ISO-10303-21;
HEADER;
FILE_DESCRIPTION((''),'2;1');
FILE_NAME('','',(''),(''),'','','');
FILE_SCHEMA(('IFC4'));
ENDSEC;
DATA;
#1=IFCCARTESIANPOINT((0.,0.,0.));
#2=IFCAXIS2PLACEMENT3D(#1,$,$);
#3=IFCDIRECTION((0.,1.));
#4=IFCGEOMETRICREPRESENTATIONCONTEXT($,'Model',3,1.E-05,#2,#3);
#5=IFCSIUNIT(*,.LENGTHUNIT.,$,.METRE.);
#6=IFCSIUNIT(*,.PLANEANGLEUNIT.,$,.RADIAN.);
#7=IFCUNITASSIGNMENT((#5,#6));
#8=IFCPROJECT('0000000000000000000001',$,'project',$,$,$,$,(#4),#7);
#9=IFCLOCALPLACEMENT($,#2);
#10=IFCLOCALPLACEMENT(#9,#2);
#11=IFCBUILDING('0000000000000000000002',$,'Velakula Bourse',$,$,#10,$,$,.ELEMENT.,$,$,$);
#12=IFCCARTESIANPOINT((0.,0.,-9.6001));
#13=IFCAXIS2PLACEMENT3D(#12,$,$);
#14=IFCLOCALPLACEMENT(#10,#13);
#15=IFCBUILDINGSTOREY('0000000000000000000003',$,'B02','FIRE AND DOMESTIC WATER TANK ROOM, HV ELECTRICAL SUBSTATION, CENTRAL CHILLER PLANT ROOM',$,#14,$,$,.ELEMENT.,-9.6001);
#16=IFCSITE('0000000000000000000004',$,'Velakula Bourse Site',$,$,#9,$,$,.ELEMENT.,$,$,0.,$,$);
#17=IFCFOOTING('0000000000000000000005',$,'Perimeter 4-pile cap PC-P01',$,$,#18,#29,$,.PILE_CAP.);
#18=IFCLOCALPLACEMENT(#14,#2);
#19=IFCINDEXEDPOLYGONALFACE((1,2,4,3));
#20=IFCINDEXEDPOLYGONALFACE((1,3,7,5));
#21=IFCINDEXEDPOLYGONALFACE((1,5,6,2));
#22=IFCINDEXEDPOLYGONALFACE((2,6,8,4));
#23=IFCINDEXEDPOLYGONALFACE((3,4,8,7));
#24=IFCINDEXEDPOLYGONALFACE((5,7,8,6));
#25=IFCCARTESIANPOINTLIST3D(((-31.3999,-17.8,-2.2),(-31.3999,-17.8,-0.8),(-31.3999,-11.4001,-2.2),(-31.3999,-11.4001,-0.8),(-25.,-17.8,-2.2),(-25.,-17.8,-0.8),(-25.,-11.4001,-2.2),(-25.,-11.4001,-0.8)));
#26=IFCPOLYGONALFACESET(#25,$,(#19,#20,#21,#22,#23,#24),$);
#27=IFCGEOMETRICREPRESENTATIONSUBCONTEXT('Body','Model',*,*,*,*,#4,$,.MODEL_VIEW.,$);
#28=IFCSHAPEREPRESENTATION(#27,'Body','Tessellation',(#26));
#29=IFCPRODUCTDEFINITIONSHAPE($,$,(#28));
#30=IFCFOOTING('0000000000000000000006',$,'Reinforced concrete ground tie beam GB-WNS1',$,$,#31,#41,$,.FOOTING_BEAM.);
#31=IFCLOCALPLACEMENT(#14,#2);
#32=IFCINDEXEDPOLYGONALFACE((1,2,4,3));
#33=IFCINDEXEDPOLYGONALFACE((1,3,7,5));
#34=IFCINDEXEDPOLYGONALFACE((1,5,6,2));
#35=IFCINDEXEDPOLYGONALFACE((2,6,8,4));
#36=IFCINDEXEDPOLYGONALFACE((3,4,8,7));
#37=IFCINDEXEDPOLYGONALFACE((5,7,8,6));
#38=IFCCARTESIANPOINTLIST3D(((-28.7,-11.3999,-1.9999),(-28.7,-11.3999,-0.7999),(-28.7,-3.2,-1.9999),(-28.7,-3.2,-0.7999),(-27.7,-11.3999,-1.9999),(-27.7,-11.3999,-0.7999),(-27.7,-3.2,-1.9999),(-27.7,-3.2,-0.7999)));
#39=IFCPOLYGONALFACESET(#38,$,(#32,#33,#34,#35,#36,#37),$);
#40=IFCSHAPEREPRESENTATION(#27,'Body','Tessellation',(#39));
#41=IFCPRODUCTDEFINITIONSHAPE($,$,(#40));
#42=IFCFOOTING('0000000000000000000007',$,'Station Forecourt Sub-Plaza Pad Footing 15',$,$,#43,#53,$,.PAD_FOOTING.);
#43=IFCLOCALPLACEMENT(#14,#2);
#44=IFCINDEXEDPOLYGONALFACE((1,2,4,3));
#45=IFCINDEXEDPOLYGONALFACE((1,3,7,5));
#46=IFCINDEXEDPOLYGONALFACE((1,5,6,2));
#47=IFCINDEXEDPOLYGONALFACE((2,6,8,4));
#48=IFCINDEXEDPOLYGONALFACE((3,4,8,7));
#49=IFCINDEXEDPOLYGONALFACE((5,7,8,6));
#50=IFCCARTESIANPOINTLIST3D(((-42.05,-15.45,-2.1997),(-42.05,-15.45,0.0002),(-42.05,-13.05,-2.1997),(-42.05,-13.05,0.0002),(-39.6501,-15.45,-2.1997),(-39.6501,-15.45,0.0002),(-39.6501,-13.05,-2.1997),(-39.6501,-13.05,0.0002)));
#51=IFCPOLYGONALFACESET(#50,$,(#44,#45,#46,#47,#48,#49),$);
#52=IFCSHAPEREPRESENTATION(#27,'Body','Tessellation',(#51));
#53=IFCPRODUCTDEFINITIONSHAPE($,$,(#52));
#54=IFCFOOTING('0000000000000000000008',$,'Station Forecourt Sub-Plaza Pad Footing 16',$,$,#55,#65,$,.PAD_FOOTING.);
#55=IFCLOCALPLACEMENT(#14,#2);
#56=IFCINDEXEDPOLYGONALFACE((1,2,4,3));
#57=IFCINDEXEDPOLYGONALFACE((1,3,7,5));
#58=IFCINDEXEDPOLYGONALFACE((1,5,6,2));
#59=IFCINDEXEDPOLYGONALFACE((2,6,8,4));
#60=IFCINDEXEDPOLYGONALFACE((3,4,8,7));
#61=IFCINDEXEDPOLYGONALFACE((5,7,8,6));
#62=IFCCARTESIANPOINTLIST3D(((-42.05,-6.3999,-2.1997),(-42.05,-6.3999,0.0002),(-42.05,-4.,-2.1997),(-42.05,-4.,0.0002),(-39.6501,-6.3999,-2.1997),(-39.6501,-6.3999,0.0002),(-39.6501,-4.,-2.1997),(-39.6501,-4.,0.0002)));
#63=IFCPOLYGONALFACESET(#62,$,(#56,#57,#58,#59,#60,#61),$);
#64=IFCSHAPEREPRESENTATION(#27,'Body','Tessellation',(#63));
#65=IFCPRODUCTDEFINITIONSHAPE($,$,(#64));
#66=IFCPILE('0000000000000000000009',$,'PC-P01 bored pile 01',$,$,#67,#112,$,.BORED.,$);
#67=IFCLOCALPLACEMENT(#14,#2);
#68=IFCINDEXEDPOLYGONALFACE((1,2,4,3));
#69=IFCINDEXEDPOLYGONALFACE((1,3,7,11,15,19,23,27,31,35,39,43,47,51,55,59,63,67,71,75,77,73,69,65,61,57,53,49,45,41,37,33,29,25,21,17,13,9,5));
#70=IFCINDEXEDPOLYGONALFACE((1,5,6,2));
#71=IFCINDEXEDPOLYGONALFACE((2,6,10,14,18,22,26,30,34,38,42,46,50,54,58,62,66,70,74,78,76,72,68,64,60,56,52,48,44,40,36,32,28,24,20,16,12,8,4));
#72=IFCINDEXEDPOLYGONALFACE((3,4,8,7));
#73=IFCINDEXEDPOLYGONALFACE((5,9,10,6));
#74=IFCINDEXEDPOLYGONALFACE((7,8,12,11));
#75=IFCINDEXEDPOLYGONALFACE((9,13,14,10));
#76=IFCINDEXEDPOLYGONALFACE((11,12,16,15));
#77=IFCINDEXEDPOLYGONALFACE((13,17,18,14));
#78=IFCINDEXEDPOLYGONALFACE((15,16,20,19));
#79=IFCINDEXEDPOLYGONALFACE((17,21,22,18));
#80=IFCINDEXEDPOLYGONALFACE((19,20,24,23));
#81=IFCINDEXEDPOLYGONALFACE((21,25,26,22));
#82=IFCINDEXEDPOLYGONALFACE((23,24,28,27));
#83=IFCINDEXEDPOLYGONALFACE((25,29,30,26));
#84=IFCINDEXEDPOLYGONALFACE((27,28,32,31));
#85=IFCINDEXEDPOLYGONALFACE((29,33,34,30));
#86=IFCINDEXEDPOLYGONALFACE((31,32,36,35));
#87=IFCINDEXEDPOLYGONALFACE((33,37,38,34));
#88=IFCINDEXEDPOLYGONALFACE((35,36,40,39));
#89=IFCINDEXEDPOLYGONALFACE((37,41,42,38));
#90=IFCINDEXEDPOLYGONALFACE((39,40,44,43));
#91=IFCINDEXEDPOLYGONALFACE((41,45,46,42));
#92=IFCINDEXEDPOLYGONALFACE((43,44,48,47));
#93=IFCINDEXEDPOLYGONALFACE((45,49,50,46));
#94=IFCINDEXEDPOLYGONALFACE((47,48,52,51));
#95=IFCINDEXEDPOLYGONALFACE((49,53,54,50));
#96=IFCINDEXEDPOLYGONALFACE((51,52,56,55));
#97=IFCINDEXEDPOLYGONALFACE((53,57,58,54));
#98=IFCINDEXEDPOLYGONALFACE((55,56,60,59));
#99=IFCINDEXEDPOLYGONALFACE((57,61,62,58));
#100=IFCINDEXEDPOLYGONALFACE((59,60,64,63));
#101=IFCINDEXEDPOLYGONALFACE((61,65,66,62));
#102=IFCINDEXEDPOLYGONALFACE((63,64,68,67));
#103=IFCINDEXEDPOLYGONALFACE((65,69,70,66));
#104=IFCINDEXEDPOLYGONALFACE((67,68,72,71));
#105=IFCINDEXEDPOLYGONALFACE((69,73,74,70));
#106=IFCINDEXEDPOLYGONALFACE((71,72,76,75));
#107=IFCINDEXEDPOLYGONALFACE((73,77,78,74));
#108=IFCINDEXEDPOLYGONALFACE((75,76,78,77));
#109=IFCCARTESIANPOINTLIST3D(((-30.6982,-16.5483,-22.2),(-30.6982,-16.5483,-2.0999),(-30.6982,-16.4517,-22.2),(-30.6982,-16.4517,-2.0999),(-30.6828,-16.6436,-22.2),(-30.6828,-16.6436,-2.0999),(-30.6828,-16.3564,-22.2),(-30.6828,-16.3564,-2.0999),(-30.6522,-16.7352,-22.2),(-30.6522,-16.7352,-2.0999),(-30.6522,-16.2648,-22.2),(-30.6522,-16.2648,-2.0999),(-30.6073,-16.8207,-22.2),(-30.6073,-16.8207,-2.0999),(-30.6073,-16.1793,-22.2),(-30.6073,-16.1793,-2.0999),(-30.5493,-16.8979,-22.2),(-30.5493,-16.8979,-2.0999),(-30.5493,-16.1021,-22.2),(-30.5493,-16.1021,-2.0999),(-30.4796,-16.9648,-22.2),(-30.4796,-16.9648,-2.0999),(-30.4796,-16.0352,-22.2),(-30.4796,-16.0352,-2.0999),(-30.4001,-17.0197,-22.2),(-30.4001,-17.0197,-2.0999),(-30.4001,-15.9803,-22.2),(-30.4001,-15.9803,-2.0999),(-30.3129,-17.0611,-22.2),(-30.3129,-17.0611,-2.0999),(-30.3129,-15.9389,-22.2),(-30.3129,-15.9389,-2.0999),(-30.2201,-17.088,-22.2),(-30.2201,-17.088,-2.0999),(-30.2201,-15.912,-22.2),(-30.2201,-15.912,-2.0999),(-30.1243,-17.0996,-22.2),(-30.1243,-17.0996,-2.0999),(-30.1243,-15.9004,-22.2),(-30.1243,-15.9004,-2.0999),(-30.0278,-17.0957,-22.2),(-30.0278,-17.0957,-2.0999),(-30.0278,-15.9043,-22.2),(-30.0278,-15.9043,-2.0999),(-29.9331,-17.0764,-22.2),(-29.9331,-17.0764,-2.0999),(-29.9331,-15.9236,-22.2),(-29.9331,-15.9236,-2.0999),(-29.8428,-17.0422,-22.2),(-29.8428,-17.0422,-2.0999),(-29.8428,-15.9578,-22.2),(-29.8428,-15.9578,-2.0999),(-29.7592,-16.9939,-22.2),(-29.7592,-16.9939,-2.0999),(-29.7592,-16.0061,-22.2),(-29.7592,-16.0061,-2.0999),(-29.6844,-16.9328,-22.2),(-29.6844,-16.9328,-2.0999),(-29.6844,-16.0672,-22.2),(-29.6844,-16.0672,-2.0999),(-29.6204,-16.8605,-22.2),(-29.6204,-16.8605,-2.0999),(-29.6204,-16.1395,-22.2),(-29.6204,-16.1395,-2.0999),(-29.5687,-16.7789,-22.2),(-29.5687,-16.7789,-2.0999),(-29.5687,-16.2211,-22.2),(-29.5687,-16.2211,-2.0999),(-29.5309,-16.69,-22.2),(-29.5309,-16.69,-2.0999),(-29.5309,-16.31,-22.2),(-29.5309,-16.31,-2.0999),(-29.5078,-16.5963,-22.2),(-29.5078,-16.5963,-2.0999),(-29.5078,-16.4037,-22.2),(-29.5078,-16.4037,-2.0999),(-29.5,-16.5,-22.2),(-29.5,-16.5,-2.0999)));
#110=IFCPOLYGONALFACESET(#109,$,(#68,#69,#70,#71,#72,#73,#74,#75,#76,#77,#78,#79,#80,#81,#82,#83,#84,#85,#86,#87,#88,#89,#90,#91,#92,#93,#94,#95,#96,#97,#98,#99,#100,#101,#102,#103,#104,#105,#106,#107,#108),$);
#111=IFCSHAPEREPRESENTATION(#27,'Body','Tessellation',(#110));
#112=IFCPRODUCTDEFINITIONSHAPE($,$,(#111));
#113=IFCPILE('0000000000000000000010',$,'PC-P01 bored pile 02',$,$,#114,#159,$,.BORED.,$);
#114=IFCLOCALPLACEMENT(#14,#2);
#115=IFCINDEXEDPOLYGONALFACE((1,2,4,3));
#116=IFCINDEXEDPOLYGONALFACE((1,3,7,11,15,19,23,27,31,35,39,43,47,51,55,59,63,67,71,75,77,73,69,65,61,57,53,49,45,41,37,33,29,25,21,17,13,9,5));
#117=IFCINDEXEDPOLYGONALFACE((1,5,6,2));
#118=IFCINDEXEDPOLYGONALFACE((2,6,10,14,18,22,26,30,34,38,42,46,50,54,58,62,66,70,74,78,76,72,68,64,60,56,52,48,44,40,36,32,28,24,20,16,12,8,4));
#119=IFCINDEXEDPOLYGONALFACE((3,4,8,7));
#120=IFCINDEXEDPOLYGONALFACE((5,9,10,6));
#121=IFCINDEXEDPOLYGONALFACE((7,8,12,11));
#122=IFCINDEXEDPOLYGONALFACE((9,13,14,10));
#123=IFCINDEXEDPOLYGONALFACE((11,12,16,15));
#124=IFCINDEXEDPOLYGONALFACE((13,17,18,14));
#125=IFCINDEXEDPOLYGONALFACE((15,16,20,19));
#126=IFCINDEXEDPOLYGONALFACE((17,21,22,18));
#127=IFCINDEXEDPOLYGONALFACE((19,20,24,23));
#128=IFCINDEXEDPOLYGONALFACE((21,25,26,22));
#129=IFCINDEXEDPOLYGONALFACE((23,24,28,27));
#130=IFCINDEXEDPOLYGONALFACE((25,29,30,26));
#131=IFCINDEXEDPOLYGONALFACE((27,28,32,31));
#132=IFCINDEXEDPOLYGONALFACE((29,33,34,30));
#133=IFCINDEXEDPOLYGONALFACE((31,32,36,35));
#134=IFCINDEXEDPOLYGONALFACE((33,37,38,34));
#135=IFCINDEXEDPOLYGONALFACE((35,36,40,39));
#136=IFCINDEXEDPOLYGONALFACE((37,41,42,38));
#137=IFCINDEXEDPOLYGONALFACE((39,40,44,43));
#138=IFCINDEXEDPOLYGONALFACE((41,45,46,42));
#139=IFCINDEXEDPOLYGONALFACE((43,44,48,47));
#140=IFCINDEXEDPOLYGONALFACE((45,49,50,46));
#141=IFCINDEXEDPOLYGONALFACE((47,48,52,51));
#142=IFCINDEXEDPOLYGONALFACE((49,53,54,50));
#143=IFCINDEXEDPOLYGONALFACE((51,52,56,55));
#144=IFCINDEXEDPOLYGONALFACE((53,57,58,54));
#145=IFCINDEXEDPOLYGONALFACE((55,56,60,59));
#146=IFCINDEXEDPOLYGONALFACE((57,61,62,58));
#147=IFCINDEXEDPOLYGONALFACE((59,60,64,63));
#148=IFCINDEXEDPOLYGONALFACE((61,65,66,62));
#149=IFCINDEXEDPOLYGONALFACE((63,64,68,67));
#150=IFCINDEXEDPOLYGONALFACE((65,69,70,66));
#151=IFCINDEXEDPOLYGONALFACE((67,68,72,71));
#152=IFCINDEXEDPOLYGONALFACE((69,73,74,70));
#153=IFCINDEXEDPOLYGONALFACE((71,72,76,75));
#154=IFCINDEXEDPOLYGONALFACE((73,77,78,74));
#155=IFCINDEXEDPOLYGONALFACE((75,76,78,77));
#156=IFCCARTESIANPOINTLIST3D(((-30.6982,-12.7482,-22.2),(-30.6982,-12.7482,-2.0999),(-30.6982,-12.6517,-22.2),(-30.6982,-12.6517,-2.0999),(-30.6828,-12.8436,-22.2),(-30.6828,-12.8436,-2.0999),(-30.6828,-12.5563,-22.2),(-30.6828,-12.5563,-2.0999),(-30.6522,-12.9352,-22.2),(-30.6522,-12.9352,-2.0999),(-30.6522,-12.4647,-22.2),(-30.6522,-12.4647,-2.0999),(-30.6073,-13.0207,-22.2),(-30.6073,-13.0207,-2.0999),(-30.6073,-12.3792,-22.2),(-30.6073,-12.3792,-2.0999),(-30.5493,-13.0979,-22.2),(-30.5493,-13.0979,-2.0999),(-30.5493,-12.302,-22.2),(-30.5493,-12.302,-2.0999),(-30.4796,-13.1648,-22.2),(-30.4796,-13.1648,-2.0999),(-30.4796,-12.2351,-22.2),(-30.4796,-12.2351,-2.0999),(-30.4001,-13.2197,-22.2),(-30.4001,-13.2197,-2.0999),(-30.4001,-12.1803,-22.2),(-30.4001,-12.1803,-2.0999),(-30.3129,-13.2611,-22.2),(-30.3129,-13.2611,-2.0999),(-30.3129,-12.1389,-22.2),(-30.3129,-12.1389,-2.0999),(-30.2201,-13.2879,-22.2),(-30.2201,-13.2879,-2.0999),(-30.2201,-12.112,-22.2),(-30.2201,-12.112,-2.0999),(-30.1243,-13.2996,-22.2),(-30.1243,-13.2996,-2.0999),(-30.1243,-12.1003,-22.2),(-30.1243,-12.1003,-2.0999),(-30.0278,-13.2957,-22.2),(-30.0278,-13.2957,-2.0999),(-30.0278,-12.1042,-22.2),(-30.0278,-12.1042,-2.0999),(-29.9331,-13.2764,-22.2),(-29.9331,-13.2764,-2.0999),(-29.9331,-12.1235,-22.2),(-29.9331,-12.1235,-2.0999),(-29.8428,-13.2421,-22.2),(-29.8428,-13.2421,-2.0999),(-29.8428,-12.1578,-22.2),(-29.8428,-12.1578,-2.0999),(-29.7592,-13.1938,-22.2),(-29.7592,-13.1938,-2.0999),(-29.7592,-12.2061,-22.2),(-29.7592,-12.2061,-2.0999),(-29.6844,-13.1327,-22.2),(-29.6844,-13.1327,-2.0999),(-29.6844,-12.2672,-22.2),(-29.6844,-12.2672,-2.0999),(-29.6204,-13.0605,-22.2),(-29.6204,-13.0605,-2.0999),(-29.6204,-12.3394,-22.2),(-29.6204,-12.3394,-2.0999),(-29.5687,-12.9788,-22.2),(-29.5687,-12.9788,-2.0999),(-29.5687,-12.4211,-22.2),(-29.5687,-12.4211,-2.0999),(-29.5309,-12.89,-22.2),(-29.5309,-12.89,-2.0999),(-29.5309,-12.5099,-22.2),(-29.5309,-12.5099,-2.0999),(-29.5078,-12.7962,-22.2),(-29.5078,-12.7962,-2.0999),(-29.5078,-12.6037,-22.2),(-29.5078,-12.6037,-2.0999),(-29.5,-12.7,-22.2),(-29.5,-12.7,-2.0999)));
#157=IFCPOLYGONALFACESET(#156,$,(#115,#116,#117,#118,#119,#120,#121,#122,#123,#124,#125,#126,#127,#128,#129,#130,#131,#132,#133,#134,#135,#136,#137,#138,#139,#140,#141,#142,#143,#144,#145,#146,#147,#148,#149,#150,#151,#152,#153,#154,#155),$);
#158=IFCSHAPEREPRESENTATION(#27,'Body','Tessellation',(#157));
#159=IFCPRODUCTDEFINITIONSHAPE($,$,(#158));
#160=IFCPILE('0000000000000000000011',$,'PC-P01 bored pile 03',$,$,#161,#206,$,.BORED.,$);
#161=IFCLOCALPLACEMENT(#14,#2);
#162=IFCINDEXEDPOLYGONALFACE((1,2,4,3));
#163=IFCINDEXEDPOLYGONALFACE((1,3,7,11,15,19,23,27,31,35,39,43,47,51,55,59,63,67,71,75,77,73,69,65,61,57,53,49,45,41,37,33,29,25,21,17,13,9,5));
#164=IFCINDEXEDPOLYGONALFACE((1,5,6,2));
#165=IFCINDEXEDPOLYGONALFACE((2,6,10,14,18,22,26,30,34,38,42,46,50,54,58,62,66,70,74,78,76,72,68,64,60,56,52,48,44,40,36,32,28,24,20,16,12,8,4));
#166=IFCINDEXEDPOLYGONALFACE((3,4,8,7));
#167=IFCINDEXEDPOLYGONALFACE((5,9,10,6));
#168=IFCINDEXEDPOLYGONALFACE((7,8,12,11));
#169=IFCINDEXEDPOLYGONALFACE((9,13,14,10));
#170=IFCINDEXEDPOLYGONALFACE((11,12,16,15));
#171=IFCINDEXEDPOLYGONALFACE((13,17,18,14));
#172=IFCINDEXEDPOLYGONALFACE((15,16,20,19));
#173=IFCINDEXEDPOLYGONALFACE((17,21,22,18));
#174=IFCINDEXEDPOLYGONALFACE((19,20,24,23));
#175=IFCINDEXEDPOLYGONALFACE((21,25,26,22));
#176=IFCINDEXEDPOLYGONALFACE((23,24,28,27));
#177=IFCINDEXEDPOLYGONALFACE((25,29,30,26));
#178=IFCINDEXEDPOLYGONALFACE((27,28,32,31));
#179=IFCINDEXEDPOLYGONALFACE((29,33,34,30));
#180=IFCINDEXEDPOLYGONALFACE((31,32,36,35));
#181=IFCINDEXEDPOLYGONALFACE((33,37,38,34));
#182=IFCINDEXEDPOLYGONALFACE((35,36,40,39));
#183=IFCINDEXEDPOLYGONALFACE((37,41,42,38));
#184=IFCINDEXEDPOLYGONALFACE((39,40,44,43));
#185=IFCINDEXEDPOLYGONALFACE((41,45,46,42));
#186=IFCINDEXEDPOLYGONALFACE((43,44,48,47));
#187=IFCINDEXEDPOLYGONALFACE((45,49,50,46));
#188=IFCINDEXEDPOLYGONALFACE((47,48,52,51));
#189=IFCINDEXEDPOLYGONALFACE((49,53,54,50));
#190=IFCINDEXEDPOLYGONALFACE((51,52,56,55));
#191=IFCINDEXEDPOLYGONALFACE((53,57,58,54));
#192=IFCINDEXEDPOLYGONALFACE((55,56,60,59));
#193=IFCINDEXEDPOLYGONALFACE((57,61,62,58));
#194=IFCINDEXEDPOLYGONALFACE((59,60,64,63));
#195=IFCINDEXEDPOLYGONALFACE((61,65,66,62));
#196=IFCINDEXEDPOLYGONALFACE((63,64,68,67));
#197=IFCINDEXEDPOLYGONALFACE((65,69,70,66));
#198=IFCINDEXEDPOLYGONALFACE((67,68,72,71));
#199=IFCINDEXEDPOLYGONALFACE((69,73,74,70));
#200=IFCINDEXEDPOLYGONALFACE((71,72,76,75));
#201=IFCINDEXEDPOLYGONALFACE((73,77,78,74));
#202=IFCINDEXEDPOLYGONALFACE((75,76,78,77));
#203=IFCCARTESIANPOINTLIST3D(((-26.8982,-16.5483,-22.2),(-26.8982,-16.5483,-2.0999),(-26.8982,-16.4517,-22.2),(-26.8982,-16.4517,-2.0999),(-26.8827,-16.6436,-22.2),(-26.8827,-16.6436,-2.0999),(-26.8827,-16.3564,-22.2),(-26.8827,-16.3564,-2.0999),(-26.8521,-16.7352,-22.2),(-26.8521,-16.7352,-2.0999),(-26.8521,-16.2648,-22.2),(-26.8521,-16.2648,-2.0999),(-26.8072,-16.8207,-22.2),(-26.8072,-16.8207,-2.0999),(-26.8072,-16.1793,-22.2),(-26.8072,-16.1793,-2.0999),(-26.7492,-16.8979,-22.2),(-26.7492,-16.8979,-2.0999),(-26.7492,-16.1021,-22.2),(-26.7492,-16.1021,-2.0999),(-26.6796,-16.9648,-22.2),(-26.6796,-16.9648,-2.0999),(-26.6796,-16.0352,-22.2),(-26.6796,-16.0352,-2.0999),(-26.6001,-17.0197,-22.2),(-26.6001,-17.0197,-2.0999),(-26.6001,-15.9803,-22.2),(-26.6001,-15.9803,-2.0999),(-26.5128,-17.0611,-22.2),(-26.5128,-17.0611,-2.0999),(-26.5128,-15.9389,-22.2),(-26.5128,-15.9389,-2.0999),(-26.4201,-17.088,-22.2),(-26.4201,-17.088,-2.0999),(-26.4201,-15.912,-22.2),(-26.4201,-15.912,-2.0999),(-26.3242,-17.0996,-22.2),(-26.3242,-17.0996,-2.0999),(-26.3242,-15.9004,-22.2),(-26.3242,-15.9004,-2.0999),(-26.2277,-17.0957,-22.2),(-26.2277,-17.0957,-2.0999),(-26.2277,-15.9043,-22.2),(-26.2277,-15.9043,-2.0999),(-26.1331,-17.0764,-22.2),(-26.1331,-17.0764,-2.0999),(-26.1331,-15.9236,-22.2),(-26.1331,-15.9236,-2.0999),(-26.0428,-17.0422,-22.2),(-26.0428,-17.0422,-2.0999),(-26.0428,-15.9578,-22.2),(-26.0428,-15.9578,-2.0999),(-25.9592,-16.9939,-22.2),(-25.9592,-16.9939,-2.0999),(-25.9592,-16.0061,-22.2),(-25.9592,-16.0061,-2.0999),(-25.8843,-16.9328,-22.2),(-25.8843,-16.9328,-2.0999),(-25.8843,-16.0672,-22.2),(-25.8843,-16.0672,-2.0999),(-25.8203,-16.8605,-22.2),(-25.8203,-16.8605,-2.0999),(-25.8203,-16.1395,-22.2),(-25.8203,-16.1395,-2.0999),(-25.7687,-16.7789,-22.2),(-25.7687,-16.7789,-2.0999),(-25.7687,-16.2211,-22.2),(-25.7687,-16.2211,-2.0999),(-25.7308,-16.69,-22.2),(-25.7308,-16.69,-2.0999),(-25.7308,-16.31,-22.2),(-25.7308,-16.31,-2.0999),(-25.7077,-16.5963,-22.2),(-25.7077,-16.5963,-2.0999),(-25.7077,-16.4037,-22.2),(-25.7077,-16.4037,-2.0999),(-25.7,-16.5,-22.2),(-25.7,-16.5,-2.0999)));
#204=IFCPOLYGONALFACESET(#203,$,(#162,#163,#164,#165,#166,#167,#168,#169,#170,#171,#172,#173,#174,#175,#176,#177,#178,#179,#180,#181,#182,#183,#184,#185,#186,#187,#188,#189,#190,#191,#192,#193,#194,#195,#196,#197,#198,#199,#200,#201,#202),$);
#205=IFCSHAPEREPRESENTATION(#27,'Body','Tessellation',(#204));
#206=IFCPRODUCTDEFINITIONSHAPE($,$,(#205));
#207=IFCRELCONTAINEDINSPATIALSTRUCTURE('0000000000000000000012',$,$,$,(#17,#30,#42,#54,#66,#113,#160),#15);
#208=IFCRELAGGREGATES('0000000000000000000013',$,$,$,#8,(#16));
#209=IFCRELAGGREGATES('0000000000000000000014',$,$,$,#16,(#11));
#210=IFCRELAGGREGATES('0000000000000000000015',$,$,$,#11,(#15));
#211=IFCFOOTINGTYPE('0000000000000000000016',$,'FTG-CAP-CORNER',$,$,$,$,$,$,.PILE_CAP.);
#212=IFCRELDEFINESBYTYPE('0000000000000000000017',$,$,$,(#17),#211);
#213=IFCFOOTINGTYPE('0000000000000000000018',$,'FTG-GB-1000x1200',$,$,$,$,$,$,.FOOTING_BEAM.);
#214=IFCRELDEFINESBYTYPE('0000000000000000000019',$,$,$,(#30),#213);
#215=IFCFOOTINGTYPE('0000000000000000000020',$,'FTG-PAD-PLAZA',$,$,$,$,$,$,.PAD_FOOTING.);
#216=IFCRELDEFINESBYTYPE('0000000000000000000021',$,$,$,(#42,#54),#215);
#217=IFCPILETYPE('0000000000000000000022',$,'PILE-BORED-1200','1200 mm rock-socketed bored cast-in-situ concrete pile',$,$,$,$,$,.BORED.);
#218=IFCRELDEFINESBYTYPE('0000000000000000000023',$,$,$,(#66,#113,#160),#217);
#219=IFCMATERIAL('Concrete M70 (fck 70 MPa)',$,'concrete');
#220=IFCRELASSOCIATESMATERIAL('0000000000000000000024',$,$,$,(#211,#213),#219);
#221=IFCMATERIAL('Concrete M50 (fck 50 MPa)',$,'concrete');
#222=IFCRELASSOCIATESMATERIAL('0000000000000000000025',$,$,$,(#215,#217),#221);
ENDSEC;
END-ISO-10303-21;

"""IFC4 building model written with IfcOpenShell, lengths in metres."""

from ifc_helpers import new_model, si_unit, direction, frame, origin, origin_2d, place, context, subcontext, project, spatial, rectangle, circle, extrude, material, material_profile, profile_set, type_object, element, save


model = new_model("IFC4")

# Units and contexts
model_context = context("Model", 3, precision=1e-05, world=origin(), true_north=direction((0.0, 1.0)))
body_context = subcontext(model_context, "Body", "Model", "MODEL_VIEW")
ifc_project = project(units=[si_unit("LENGTHUNIT", "METRE"), si_unit("PLANEANGLEUNIT", "RADIAN")], contexts=[model_context])

# Site, building, storey
site_placement = place(None, origin())
site = spatial("IfcSite", under=ifc_project, at=site_placement, Name="Velakula Bourse Site", CompositionType="ELEMENT", RefElevation=0.0)
building_placement = place(site_placement, origin())
building = spatial("IfcBuilding", under=site, at=building_placement, Name="Velakula Bourse", CompositionType="ELEMENT")
storey_placement = place(building_placement, frame((0.0, 0.0, -9.6001)))
storey = spatial("IfcBuildingStorey", under=building, at=storey_placement, Name="B02", Description="FIRE AND DOMESTIC WATER TANK ROOM, HV ELECTRICAL SUBSTATION, CENTRAL CHILLER PLANT ROOM", CompositionType="ELEMENT", Elevation=-9.6001)

# Footings
ifc_material_1 = material(Name="Concrete M70 (fck 70 MPa)", Category="concrete")
footing_type_1 = type_object("IfcFootingType", Name="FTG-CAP-CORNER", PredefinedType="PILE_CAP", material=ifc_material_1)
footing_1_placement = place(storey_placement, frame((-28.2, -14.6001, -2.2), z_axis=(0.0, 0.0, 1.0), x_axis=(1.0, 0.0, 0.0)))
element("IfcFooting", 1, at=footing_1_placement, inside=storey, type_object=footing_type_1, Name="Perimeter 4-pile cap PC-P01", PredefinedType="PILE_CAP", context=body_context, shape_type="SweptSolid", body=[
    extrude(rectangle(XDim=6.3999, YDim=6.3999, at=origin_2d()), origin(), (0.0, 0.0, 1.0), 1.3999),
])
ifc_material_profile_1 = material_profile(ifc_material_1, rectangle(XDim=1.0, YDim=1.2, at=origin_2d()), Name="Concrete M70 (fck 70 MPa)")
ifc_profile_set_1 = profile_set([ifc_material_profile_1], Name="Concrete M70 (fck 70 MPa)")
footing_type_2 = type_object("IfcFootingType", Name="FTG-GB-1000x1200", PredefinedType="FOOTING_BEAM", material=ifc_profile_set_1)
footing_2_placement = place(storey_placement, frame((-28.2, -11.3999, -1.3999), z_axis=(0.0, 1.0, 0.0), x_axis=(-1.0, 0.0, 0.0)))
element("IfcFooting", 2, at=footing_2_placement, inside=storey, type_object=footing_type_2, Name="Reinforced concrete ground tie beam GB-WNS1", PredefinedType="FOOTING_BEAM", context=body_context, shape_type="SweptSolid", body=[
    extrude(rectangle(XDim=1.0, YDim=1.2, at=origin_2d()), origin(), (0.0, 0.0, 1.0), 8.2),
])
ifc_material_2 = material(Name="Concrete M50 (fck 50 MPa)", Category="concrete")
footing_type_3 = type_object("IfcFootingType", Name="FTG-PAD-PLAZA", PredefinedType="PAD_FOOTING", material=ifc_material_2)
for number, where, z_axis, x_axis, name in (
    (3, (-40.8501, -14.25, -2.1997), (0.0, 0.0, 1.0), (1.0, 0.0, 0.0), "Station Forecourt Sub-Plaza Pad Footing 15"),
    (4, (-40.8501, -5.2, -2.1997), (0.0, 0.0, 1.0), (1.0, 0.0, 0.0), "Station Forecourt Sub-Plaza Pad Footing 16"),
):
    element("IfcFooting", number, at=place(storey_placement, frame(where, z_axis=z_axis, x_axis=x_axis)), inside=storey, type_object=footing_type_3, Name=name, PredefinedType="PAD_FOOTING", context=body_context, shape_type="SweptSolid", body=[
        extrude(rectangle(XDim=2.3999, YDim=2.3999, at=origin_2d()), origin(), (0.0, 0.0, 1.0), 2.2),
    ])

# Piles
ifc_material_profile_2 = material_profile(ifc_material_2, circle(Radius=0.6001, at=origin_2d()), Name="Concrete M50 (fck 50 MPa)")
ifc_profile_set_2 = profile_set([ifc_material_profile_2], Name="Concrete M50 (fck 50 MPa)")
pile_type = type_object("IfcPileType", Name="PILE-BORED-1200", Description="1200 mm rock-socketed bored cast-in-situ concrete pile", PredefinedType="BORED", material=ifc_profile_set_2)
for number, where, z_axis, x_axis, name in (
    (5, (-30.1001, -16.5, -2.0999), (0.0, 0.0, -1.0), (1.0, 0.0, 0.0), "PC-P01 bored pile 01"),
    (6, (-30.1001, -12.7, -2.0999), (0.0, 0.0, -1.0), (1.0, 0.0, 0.0), "PC-P01 bored pile 02"),
    (7, (-26.3, -16.5, -2.0999), (0.0, 0.0, -1.0), (1.0, 0.0, 0.0), "PC-P01 bored pile 03"),
):
    element("IfcPile", number, at=place(storey_placement, frame(where, z_axis=z_axis, x_axis=x_axis)), inside=storey, type_object=pile_type, Name=name, PredefinedType="BORED", context=body_context, shape_type="SweptSolid", body=[
        extrude(circle(Radius=0.6001, at=origin_2d()), origin(), (0.0, 0.0, 1.0), 20.1001),
    ])

save(model, "model.ifc")
